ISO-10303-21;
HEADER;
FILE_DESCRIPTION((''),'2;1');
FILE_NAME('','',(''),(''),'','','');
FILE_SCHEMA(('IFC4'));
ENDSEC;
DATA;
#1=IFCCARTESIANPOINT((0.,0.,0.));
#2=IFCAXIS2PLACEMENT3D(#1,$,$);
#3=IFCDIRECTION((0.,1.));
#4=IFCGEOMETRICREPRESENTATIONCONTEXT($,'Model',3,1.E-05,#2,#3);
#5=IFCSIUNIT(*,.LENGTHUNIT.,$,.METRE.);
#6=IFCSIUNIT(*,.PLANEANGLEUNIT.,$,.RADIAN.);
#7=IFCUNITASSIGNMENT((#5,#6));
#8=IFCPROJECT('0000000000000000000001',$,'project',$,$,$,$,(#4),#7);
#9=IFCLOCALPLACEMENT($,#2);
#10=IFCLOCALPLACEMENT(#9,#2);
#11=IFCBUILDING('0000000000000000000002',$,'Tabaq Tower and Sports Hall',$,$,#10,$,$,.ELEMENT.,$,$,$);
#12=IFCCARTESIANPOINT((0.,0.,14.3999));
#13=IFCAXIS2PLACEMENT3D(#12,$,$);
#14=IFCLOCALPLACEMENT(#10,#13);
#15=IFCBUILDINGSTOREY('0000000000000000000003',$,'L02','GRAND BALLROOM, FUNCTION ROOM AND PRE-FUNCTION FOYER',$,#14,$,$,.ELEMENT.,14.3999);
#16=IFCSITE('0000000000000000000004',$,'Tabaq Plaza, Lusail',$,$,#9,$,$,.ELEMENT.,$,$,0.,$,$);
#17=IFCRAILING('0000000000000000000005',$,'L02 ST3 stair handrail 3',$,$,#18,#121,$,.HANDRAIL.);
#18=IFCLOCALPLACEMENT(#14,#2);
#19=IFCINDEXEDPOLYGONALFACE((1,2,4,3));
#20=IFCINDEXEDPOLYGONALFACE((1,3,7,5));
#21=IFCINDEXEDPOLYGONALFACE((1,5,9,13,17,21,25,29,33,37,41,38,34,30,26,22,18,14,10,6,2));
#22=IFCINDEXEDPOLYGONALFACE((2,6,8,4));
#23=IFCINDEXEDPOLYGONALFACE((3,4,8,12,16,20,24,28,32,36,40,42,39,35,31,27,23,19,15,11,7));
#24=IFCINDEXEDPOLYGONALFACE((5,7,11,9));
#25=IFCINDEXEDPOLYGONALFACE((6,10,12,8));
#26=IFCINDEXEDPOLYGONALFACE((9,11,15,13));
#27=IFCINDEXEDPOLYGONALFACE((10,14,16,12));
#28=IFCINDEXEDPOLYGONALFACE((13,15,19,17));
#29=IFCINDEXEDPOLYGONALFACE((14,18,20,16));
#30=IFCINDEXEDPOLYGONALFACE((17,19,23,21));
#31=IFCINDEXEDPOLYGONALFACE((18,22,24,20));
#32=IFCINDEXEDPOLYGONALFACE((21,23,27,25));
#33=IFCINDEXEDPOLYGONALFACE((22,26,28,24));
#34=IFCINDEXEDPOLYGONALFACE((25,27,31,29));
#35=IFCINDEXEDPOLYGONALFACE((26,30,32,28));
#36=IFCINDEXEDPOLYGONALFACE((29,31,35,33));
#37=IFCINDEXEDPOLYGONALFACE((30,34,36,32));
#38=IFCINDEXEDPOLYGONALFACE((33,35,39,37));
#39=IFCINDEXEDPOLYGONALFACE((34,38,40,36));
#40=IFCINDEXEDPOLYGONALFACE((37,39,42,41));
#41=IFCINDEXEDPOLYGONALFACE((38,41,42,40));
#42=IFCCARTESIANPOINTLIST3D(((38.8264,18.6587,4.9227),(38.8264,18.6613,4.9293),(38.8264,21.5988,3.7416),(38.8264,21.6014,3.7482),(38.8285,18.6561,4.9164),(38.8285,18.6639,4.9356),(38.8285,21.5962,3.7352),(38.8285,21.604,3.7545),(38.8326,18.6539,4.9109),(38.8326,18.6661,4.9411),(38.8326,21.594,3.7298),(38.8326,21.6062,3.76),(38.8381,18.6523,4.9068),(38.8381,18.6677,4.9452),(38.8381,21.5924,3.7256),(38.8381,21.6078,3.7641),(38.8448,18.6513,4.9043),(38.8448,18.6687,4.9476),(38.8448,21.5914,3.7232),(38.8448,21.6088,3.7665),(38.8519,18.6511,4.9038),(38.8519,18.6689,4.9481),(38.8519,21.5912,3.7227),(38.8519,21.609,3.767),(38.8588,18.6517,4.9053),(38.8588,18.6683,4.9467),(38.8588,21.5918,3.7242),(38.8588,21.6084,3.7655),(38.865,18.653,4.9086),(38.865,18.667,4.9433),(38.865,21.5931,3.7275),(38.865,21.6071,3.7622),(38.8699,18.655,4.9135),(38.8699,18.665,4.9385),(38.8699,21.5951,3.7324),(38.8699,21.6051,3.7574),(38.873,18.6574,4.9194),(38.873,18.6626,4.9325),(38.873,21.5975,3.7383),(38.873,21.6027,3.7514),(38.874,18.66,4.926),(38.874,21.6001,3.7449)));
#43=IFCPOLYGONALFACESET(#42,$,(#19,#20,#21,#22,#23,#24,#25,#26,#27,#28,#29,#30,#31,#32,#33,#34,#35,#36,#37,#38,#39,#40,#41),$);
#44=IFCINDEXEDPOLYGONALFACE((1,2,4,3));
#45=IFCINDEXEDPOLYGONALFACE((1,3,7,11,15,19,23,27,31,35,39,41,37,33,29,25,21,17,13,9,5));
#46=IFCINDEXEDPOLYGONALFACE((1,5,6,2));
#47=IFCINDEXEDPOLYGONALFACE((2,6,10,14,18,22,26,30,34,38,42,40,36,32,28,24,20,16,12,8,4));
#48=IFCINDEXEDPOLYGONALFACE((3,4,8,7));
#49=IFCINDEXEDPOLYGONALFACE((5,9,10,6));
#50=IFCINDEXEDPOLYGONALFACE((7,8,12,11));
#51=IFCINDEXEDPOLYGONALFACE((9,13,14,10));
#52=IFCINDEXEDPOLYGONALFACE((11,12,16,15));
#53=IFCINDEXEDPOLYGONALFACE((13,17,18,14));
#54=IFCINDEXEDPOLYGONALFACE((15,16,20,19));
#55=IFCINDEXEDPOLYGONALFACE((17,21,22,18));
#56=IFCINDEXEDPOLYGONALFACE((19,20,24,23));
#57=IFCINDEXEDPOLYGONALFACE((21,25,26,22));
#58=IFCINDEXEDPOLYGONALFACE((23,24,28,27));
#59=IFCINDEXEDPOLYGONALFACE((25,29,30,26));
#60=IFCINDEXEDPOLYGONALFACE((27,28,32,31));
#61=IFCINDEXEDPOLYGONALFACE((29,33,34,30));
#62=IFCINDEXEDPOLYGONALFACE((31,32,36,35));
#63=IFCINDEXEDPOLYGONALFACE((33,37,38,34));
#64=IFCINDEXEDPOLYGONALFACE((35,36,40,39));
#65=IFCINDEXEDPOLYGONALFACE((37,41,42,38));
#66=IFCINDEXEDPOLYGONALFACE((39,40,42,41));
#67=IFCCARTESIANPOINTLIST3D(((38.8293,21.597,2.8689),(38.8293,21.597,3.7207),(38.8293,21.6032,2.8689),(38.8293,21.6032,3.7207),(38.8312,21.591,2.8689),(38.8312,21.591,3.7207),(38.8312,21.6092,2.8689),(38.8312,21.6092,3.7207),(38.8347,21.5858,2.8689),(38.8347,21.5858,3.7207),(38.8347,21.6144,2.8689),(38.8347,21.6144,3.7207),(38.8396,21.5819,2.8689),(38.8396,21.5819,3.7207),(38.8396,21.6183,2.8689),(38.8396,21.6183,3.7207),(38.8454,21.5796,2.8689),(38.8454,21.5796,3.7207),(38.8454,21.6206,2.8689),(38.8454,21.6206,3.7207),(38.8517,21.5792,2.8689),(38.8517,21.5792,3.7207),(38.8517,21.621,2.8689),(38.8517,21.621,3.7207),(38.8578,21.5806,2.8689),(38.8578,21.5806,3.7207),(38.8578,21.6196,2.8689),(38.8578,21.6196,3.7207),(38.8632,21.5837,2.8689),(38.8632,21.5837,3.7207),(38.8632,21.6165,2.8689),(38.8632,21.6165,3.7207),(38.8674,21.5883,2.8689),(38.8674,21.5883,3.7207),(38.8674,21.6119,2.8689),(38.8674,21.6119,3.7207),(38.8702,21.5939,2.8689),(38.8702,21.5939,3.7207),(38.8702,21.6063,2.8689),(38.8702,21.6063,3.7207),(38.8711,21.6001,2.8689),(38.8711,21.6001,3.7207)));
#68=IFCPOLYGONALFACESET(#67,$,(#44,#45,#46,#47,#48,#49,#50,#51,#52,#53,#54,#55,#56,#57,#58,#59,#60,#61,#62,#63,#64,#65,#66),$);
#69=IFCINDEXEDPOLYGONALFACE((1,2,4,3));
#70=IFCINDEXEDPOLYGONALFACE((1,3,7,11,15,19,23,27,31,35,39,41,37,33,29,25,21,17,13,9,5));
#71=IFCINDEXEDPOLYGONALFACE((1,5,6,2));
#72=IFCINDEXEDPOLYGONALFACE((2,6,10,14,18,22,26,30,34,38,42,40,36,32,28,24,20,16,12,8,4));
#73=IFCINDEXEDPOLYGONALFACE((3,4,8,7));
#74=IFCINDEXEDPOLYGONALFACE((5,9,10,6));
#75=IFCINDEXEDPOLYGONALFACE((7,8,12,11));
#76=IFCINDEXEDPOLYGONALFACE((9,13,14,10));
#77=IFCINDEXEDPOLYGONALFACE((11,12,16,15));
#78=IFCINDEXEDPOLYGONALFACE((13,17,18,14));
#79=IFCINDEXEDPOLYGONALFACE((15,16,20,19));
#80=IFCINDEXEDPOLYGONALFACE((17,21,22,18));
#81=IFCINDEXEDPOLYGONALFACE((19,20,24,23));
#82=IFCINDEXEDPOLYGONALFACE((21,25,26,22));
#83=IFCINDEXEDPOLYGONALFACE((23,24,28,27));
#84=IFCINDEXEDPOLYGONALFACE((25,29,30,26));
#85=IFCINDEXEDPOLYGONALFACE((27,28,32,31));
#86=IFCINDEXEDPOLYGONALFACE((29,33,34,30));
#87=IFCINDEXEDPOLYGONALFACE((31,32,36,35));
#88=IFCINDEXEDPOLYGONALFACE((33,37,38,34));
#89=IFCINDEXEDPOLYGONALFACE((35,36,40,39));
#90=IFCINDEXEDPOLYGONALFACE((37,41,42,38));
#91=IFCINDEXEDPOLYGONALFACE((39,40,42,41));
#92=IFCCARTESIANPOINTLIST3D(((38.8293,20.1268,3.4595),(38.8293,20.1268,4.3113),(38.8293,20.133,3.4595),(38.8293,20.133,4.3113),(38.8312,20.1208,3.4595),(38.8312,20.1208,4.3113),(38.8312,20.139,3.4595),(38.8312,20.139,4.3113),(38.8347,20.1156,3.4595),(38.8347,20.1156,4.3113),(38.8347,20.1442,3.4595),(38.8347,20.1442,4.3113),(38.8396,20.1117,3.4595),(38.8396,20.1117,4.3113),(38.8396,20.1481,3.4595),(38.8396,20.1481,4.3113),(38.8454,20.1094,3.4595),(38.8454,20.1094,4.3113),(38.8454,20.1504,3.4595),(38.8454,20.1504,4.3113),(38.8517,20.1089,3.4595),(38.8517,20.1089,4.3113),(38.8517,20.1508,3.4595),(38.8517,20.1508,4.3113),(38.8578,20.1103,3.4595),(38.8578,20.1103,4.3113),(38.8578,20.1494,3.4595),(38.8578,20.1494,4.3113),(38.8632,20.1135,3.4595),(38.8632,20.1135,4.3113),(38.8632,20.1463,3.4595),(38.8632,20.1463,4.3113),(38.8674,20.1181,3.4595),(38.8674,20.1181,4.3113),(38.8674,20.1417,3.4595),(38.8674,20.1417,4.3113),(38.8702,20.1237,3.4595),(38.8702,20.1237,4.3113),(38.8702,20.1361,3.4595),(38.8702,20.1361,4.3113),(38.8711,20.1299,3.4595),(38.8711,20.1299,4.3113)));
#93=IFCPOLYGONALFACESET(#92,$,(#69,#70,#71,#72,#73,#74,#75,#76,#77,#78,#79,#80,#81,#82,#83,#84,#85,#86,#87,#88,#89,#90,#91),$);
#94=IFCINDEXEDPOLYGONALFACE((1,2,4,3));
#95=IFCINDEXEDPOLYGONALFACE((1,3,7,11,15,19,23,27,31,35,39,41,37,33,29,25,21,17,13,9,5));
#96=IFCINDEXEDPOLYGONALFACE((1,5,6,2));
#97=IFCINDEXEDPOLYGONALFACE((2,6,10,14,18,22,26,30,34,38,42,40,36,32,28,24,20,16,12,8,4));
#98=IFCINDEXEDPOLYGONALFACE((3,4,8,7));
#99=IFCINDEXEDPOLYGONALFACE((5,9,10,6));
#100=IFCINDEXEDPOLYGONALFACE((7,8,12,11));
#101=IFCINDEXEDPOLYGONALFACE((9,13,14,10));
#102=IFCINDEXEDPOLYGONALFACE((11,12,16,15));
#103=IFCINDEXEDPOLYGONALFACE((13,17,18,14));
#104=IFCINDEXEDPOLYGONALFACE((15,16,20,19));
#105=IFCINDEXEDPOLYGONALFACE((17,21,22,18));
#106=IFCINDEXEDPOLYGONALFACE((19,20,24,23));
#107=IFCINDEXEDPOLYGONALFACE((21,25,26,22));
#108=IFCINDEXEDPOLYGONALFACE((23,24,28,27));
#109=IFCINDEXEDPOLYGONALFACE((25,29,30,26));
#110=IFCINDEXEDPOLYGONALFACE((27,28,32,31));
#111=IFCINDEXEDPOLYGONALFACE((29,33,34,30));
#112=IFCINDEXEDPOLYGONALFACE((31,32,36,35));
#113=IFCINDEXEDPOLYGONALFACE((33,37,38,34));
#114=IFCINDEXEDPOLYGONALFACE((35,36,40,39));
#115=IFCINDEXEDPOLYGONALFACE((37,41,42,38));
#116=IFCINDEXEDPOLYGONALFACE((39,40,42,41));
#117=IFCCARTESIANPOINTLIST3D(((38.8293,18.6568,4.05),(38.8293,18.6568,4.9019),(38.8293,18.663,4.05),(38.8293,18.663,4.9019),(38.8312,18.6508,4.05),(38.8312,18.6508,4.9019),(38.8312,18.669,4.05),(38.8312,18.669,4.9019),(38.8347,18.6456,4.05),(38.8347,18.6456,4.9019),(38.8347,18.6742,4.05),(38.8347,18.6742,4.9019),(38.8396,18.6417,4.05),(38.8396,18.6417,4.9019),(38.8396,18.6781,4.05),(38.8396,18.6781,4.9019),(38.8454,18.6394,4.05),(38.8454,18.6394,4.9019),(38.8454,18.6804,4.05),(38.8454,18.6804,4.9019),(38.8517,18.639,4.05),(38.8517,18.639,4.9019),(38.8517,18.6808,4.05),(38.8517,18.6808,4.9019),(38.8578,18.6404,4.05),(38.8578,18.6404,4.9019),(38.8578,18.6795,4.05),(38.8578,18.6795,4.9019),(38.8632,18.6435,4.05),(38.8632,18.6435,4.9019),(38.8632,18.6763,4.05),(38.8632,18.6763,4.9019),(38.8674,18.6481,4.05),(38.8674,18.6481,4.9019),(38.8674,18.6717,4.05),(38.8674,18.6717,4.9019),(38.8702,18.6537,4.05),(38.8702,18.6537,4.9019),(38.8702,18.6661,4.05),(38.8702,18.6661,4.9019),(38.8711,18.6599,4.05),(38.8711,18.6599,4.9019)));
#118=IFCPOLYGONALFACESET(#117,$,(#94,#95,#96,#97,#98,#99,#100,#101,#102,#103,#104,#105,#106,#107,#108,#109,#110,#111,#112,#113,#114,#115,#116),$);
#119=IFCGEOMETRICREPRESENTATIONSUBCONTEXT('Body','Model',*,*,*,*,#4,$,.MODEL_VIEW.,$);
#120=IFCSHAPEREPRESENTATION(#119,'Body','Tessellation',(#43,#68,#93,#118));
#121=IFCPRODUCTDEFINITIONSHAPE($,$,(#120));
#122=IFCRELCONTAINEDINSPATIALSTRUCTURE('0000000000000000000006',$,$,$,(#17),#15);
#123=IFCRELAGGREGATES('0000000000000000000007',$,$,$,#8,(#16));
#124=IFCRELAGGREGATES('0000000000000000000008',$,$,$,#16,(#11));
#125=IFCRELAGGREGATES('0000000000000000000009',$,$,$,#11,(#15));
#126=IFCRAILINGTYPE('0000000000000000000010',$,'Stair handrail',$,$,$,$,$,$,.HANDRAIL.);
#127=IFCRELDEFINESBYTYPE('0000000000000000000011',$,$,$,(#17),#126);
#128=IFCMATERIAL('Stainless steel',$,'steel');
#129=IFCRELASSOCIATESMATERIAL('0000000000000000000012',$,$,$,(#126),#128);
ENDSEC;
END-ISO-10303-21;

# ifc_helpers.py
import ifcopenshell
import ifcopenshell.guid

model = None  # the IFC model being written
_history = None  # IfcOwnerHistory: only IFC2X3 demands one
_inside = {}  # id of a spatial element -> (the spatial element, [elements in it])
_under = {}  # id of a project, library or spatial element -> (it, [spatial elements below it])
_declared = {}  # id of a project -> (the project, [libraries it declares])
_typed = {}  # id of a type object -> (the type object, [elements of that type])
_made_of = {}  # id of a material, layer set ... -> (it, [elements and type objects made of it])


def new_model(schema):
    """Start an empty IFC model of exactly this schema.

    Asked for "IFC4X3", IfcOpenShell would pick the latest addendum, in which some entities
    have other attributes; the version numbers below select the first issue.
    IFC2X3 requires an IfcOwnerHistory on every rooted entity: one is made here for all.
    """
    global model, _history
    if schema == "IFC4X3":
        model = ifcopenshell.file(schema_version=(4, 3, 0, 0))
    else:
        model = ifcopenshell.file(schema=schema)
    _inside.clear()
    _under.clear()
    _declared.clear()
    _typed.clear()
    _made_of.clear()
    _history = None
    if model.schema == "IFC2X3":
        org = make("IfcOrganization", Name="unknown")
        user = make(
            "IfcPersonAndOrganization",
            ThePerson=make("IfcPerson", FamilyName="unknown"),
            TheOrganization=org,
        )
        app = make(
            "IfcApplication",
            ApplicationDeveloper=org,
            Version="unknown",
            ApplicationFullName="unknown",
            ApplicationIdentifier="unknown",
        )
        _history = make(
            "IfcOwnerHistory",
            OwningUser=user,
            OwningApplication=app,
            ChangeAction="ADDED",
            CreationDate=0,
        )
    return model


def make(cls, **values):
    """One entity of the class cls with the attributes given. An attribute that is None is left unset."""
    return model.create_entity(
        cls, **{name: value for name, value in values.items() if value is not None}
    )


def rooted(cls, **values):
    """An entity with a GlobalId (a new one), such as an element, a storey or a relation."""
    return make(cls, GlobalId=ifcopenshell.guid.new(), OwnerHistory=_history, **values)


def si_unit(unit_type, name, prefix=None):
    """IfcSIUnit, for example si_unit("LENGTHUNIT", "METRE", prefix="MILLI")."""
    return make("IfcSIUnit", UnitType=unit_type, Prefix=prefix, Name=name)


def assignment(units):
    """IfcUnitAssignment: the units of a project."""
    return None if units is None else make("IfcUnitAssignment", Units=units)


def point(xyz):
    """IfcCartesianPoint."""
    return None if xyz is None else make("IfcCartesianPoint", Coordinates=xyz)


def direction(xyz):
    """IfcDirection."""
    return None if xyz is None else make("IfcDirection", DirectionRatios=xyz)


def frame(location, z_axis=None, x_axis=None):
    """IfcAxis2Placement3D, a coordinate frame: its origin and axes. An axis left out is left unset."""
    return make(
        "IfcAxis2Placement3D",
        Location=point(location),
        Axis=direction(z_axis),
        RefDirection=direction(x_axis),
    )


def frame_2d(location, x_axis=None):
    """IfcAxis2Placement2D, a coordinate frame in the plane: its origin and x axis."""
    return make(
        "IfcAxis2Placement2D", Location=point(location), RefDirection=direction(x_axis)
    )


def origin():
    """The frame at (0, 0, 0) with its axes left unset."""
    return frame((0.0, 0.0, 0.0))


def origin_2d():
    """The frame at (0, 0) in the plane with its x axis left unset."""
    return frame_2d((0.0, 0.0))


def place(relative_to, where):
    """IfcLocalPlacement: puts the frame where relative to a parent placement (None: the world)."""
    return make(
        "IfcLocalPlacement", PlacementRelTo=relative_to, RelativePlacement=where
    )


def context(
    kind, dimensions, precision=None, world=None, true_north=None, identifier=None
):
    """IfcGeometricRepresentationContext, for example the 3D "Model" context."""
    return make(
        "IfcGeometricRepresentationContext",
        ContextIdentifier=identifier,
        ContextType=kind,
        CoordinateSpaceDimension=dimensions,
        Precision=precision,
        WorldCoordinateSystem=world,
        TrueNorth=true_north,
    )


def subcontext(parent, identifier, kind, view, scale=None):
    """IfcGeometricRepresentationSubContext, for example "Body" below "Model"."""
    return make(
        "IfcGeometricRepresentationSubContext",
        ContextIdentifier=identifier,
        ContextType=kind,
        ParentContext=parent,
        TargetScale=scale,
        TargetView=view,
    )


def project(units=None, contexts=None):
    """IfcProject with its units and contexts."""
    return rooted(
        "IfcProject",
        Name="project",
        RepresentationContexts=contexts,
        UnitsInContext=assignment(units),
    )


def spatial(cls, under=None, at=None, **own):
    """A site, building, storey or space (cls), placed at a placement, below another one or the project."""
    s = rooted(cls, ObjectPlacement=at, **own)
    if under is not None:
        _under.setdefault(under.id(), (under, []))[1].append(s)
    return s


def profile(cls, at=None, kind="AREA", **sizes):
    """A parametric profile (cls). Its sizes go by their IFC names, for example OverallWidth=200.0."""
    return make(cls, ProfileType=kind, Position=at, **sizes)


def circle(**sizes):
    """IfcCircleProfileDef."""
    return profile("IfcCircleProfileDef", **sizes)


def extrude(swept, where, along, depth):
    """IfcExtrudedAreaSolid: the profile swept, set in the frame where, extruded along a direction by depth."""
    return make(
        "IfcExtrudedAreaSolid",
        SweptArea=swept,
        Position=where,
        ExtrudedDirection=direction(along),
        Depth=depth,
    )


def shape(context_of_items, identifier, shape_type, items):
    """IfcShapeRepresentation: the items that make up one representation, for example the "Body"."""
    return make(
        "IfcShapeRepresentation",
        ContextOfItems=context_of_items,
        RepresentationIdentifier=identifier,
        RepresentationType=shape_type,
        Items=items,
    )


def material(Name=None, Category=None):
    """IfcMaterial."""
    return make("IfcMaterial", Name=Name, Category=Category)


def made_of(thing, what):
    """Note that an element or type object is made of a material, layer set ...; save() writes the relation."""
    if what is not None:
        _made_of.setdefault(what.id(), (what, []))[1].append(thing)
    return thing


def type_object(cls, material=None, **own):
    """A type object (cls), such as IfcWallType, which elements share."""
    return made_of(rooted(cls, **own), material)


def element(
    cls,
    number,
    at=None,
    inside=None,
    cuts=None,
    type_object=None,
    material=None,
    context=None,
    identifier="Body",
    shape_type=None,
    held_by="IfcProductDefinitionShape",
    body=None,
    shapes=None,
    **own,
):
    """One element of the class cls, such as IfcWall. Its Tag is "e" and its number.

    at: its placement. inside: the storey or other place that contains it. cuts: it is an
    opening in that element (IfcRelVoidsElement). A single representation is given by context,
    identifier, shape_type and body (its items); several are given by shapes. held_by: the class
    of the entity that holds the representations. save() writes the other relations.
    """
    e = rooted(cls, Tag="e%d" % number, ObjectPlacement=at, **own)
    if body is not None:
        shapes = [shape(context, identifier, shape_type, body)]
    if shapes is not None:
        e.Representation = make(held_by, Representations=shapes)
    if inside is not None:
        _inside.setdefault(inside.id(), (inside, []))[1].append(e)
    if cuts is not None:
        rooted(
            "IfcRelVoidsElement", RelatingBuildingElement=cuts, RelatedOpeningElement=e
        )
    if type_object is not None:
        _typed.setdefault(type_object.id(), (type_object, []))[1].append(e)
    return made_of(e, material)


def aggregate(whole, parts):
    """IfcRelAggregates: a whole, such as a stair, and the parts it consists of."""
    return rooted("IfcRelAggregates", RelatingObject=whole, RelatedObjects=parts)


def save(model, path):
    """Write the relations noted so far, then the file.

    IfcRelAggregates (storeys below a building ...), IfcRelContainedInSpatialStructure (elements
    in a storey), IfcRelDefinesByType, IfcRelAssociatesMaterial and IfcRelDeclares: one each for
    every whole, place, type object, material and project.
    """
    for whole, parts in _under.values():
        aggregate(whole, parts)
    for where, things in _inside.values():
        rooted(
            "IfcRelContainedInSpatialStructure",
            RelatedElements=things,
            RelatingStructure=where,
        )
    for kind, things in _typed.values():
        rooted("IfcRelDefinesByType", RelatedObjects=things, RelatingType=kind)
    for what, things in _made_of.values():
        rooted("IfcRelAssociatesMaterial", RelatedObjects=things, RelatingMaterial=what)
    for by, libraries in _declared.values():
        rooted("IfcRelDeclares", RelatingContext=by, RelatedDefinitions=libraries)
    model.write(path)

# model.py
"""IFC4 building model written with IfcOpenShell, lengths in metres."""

from ifc_helpers import new_model, si_unit, direction, frame, origin, origin_2d, place, context, subcontext, project, spatial, circle, extrude, material, type_object, element, save


model = new_model("IFC4")

# Units and contexts
model_context = context("Model", 3, precision=1e-05, world=origin(), true_north=direction((0.0, 1.0)))
body_context = subcontext(model_context, "Body", "Model", "MODEL_VIEW")
ifc_project = project(units=[si_unit("LENGTHUNIT", "METRE"), si_unit("PLANEANGLEUNIT", "RADIAN")], contexts=[model_context])

# Site, building, storey
site_placement = place(None, origin())
site = spatial("IfcSite", under=ifc_project, at=site_placement, Name="Tabaq Plaza, Lusail", CompositionType="ELEMENT", RefElevation=0.0)
building_placement = place(site_placement, origin())
building = spatial("IfcBuilding", under=site, at=building_placement, Name="Tabaq Tower and Sports Hall", CompositionType="ELEMENT")
storey_placement = place(building_placement, frame((0.0, 0.0, 14.3999)))
storey = spatial("IfcBuildingStorey", under=building, at=storey_placement, Name="L02", Description="GRAND BALLROOM, FUNCTION ROOM AND PRE-FUNCTION FOYER", CompositionType="ELEMENT", Elevation=14.3999)

# Railing
ifc_material_1 = material(Name="Stainless steel", Category="steel")
railing_type = type_object("IfcRailingType", Name="Stair handrail", PredefinedType="HANDRAIL", material=ifc_material_1)
for number, where, name in (
    (1, (38.8501, 21.6001, 2.8689), "L02 ST3 stair handrail 3"),
):
    element("IfcRailing", number, at=place(storey_placement, frame(where)), inside=storey, type_object=railing_type, Name=name, PredefinedType="HANDRAIL", context=body_context, shape_type="SweptSolid", body=[
        extrude(circle(Radius=0.0239, at=origin_2d()), frame((0.0, 0.0, 0.876), z_axis=(0.0, -0.927923, 0.372772), x_axis=(1.0, 0.0, 0.0)), (0.0, 0.0, 1.0), 3.1685),
        extrude(circle(Radius=0.021, at=origin_2d()), origin(), (0.0, 0.0, 1.0), 0.8518),
        extrude(circle(Radius=0.021, at=origin_2d()), frame((0.0, -1.4702, 0.5906)), (0.0, 0.0, 1.0), 0.8518),
        extrude(circle(Radius=0.021, at=origin_2d()), frame((0.0, -2.9402, 1.1812)), (0.0, 0.0, 1.0), 0.8518),
    ])

save(model, "model.ifc")
